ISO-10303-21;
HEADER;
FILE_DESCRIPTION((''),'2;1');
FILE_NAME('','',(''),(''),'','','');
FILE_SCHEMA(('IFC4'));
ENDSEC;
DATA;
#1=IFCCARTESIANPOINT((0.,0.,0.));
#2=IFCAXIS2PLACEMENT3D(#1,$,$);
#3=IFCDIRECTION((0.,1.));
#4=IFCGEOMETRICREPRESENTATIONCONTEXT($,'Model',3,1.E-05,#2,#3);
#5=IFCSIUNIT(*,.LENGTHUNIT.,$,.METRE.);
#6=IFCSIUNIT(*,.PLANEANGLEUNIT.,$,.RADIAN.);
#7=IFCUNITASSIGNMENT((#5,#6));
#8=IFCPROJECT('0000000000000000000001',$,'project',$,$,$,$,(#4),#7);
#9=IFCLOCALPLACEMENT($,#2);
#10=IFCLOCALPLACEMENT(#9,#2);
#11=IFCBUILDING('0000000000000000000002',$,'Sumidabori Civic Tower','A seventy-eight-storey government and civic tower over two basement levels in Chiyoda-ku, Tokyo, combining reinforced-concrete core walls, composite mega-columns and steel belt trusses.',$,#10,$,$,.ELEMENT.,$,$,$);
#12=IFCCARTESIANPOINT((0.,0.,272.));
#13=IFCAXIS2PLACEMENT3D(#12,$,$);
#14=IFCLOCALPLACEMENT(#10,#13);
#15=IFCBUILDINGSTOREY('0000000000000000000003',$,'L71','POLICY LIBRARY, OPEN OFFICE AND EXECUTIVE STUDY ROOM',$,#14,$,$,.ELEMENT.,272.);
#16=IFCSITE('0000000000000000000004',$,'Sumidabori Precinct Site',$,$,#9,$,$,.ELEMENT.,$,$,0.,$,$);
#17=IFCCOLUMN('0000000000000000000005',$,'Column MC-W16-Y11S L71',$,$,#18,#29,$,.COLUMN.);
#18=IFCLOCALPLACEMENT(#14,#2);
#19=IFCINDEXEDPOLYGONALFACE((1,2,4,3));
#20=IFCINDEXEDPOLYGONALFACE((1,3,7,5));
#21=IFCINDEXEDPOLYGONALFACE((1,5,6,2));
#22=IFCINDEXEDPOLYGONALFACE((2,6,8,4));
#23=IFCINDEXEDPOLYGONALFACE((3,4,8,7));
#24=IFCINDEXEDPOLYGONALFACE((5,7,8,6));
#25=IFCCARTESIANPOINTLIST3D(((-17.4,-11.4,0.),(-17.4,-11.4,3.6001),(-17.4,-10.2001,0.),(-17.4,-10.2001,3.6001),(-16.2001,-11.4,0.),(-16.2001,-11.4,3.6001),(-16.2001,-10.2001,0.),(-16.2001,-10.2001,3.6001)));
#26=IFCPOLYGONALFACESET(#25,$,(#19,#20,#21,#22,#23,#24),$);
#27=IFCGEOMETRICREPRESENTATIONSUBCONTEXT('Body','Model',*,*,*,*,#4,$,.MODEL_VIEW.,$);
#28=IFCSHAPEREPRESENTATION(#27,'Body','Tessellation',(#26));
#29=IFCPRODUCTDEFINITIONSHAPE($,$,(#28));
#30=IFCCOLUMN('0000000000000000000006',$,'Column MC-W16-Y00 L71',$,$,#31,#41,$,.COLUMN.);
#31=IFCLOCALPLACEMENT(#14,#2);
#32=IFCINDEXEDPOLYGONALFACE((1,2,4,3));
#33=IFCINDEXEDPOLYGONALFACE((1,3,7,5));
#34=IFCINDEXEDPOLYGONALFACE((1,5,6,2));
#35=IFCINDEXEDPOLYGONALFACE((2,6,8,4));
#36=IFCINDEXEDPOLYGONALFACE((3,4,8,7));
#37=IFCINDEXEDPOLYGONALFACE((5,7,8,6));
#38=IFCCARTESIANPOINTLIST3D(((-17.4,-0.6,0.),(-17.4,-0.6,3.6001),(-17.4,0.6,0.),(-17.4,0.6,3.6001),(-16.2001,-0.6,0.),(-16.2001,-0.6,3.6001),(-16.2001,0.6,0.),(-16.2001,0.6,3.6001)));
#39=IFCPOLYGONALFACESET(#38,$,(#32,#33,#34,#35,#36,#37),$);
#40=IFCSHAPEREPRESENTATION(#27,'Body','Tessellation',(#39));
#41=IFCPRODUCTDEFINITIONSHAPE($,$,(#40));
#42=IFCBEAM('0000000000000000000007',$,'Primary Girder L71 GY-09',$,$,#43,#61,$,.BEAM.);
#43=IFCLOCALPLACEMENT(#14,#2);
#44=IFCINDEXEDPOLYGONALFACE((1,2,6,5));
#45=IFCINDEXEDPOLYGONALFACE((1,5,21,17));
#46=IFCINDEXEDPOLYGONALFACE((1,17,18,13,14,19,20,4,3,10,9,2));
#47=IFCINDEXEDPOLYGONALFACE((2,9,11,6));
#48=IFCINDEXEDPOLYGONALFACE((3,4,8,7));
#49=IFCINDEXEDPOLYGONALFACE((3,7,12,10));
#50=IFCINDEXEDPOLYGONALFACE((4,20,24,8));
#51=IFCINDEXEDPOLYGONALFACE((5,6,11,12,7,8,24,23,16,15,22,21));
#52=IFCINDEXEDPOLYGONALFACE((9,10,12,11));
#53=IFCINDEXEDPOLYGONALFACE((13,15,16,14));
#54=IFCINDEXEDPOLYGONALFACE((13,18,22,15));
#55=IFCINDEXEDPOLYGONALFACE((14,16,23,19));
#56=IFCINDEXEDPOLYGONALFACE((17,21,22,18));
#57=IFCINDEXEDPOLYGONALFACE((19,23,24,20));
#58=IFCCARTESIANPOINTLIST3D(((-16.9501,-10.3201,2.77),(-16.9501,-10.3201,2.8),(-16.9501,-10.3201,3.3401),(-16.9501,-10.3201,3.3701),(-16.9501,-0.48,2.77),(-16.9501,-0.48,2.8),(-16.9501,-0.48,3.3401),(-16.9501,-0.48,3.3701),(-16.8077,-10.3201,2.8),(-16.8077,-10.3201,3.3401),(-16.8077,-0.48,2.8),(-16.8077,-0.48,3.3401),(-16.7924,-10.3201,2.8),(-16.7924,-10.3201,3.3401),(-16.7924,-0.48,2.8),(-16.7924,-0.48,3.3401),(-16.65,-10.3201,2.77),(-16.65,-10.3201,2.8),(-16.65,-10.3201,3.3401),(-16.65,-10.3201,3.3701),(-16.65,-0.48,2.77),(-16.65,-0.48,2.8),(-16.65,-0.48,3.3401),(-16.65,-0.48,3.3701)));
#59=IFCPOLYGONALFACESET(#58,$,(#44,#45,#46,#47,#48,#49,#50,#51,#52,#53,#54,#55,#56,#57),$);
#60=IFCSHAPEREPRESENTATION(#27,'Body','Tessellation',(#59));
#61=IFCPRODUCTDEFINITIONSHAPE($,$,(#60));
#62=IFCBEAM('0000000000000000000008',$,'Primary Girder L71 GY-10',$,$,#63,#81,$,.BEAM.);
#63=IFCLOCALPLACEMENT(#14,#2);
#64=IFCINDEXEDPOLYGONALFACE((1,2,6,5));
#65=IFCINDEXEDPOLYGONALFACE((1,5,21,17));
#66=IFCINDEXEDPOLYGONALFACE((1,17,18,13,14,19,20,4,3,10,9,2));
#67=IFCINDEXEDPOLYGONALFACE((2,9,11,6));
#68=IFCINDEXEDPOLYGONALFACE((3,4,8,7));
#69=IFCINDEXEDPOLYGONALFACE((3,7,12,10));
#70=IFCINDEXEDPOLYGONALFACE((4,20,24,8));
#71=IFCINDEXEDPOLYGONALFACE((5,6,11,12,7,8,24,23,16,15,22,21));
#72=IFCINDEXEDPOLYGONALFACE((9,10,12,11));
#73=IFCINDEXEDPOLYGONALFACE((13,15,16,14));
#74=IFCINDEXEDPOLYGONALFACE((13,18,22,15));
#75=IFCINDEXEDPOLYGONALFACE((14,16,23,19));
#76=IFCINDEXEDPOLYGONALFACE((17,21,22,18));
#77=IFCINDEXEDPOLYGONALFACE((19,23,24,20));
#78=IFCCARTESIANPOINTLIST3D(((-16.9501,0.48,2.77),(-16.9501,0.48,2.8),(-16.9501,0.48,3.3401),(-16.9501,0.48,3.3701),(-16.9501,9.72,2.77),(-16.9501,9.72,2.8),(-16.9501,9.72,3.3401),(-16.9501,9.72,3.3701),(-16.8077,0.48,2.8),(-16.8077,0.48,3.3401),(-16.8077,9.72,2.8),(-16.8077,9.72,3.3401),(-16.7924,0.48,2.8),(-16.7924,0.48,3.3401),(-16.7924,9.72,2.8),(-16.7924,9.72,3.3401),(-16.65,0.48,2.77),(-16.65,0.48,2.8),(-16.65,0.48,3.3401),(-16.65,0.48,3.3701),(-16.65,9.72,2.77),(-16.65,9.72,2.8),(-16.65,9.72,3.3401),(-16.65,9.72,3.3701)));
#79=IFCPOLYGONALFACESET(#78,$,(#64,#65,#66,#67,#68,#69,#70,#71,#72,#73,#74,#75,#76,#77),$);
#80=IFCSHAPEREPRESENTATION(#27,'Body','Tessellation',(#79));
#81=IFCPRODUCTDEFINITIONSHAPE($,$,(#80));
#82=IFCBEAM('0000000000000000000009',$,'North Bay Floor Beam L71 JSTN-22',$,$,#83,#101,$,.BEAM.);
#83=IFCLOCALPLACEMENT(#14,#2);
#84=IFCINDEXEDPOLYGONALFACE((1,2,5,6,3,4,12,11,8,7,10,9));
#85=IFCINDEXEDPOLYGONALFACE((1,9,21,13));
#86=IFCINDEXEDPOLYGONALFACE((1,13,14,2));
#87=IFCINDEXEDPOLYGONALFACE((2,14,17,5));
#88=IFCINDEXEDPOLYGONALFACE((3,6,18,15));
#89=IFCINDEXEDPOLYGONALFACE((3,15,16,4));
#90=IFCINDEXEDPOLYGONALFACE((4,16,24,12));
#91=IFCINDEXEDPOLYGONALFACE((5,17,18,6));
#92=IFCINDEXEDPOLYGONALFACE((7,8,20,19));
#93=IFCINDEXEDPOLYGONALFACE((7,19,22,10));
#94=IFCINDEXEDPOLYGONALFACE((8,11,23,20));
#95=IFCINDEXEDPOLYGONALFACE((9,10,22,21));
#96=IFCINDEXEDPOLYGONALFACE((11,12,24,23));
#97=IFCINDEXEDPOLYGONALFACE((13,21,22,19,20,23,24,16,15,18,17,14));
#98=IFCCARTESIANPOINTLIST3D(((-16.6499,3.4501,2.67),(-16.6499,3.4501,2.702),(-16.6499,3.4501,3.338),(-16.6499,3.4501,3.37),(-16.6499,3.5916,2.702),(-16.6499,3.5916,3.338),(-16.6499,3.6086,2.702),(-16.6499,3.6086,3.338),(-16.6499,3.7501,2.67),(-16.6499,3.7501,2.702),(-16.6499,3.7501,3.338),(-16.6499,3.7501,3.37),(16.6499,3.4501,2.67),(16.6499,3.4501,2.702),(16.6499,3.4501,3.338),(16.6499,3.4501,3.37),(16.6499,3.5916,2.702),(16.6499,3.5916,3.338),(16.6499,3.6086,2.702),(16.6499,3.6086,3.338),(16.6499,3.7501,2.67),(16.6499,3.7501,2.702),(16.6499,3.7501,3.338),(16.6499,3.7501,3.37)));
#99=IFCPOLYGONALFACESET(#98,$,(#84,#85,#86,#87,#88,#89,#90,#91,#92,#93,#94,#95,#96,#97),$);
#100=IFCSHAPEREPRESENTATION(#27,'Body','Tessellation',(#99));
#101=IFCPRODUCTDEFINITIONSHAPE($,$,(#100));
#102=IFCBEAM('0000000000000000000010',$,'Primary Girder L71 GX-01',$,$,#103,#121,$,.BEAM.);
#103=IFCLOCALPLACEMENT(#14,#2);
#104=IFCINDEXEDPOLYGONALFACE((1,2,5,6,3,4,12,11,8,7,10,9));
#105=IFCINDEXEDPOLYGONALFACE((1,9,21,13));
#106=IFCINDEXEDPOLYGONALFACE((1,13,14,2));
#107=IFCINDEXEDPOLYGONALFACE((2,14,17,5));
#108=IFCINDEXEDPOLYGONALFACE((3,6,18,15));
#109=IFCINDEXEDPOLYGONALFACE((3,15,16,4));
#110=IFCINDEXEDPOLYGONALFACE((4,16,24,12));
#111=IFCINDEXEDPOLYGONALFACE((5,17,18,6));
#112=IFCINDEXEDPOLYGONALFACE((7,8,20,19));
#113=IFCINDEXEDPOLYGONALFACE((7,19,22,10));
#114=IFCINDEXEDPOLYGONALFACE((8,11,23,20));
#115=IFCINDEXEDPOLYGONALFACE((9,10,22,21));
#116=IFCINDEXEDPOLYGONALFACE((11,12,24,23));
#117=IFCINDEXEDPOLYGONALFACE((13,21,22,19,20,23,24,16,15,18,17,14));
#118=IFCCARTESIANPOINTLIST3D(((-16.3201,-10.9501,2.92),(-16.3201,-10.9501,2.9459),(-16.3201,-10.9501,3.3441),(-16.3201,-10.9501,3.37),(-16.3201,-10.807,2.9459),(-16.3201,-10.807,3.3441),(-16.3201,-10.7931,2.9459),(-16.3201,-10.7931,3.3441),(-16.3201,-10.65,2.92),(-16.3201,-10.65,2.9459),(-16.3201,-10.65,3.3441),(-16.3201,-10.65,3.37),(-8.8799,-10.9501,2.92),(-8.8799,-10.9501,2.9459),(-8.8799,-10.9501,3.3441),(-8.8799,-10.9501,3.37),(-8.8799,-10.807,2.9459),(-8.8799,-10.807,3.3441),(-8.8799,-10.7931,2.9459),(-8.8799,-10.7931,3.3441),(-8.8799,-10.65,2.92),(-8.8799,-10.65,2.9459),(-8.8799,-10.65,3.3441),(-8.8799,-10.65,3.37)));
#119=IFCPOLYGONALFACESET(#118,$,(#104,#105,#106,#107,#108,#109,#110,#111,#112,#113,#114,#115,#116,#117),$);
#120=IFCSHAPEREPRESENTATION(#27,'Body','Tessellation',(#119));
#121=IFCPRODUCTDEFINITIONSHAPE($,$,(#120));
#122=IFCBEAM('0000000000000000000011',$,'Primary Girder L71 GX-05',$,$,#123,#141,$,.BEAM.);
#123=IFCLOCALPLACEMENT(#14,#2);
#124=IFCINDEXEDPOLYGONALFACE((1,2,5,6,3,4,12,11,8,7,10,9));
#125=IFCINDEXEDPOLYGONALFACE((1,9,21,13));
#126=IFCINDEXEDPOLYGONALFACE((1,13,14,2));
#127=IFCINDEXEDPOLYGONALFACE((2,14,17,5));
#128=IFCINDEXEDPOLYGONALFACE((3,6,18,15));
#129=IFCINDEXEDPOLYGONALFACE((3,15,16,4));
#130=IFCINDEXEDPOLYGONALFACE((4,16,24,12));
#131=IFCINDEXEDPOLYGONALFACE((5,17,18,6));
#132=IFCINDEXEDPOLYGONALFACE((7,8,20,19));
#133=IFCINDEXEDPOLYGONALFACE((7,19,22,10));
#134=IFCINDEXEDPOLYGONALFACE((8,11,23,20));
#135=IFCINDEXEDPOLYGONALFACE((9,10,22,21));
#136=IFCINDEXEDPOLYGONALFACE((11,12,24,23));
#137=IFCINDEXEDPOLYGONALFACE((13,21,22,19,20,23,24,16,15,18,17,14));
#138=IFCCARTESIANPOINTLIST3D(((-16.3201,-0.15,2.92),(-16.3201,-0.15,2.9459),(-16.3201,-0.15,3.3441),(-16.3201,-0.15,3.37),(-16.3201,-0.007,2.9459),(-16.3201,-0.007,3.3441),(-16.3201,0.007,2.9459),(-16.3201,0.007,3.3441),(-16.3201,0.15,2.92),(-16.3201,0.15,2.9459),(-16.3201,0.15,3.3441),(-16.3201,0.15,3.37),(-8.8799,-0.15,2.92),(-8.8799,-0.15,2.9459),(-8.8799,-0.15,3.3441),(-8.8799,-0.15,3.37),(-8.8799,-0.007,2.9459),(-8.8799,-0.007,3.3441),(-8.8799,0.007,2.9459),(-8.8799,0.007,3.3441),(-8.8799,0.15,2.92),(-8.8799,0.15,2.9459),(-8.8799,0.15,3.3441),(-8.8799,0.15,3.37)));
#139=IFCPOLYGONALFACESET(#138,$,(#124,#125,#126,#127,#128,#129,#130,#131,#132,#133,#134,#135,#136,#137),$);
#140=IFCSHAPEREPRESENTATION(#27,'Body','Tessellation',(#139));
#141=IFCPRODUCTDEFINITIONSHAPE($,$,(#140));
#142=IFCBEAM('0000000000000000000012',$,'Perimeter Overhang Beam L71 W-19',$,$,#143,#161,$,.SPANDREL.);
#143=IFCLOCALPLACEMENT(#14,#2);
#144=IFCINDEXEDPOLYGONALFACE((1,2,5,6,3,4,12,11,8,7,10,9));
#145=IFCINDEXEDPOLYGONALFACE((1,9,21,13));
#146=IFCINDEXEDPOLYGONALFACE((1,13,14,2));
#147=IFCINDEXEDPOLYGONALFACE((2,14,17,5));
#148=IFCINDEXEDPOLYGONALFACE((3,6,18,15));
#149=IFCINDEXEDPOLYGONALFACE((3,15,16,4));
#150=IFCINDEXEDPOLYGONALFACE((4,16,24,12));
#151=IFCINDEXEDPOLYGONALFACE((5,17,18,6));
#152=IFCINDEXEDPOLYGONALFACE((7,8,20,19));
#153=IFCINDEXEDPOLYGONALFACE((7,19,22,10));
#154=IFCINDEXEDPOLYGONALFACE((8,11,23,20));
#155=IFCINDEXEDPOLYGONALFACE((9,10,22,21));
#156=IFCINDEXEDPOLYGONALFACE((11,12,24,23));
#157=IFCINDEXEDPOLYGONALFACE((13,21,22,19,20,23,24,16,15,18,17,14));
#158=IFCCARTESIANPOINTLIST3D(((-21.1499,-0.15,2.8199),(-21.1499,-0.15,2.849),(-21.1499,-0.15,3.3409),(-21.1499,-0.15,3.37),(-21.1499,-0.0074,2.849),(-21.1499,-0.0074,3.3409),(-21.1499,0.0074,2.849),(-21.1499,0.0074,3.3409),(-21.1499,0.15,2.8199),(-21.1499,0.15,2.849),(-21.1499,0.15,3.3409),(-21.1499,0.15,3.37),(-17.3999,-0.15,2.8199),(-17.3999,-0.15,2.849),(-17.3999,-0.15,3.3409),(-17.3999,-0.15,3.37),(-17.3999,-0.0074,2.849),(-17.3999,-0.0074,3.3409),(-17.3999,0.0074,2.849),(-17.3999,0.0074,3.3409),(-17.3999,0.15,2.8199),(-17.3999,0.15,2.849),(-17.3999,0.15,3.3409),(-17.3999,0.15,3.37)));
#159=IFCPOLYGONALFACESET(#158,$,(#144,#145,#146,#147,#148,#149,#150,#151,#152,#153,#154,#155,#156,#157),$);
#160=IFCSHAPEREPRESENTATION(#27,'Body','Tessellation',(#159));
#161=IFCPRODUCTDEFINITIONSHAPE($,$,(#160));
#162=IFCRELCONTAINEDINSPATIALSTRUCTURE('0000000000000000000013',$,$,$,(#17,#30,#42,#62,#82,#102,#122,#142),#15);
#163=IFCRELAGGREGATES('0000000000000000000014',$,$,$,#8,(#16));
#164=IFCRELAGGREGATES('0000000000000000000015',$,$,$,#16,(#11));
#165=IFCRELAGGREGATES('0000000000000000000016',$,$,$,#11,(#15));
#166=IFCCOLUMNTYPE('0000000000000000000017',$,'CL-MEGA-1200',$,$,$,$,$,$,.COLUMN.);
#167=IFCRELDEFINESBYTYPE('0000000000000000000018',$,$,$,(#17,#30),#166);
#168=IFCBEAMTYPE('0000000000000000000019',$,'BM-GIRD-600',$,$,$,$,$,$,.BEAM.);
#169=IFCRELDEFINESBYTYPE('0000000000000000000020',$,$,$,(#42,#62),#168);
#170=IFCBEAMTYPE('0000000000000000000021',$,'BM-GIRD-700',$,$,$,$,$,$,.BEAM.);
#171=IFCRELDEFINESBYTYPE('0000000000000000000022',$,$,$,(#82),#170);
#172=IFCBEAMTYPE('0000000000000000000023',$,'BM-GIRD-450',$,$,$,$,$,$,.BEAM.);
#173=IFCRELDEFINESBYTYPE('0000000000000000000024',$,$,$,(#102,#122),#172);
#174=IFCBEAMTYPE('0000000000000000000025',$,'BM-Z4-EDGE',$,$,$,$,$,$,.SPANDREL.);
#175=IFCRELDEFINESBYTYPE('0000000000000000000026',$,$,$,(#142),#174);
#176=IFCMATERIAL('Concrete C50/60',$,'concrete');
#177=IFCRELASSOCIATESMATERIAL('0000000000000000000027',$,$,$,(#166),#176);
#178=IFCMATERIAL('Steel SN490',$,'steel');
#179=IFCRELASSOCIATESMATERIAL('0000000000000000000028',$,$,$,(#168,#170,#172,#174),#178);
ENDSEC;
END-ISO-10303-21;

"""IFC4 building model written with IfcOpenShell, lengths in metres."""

from ifc_helpers import new_model, si_unit, direction, frame, origin, origin_2d, place, context, subcontext, project, spatial, rectangle, i_section, extrude, source, transform, mapped, material, material_profile, profile_set, type_object, element, save


model = new_model("IFC4")

# Units and contexts
model_context = context("Model", 3, precision=1e-05, world=origin(), true_north=direction((0.0, 1.0)))
body_context = subcontext(model_context, "Body", "Model", "MODEL_VIEW")
ifc_project = project(units=[si_unit("LENGTHUNIT", "METRE"), si_unit("PLANEANGLEUNIT", "RADIAN")], contexts=[model_context])

# Site, building, storey
site_placement = place(None, origin())
site = spatial("IfcSite", under=ifc_project, at=site_placement, Name="Sumidabori Precinct Site", CompositionType="ELEMENT", RefElevation=0.0)
building_placement = place(site_placement, origin())
building = spatial("IfcBuilding", under=site, at=building_placement, Name="Sumidabori Civic Tower", Description="A seventy-eight-storey government and civic tower over two basement levels in Chiyoda-ku, Tokyo, combining reinforced-concrete core walls, composite mega-columns and steel belt trusses.", CompositionType="ELEMENT")
storey_placement = place(building_placement, frame((0.0, 0.0, 272.0)))
storey = spatial("IfcBuildingStorey", under=building, at=storey_placement, Name="L71", Description="POLICY LIBRARY, OPEN OFFICE AND EXECUTIVE STUDY ROOM", CompositionType="ELEMENT", Elevation=272.0)

# Columns
ifc_material_1 = material(Name="Concrete C50/60", Category="concrete")
ifc_material_profile_1 = material_profile(ifc_material_1, rectangle(XDim=1.2, YDim=1.2, at=origin_2d()), Name="RC 1200x1200")
ifc_profile_set_1 = profile_set([ifc_material_profile_1], Name="Concrete C50/60")
column_type = type_object("IfcColumnType", Name="CL-MEGA-1200", PredefinedType="COLUMN", material=ifc_profile_set_1)
shared_shape_1 = source(origin(), body_context, "Body", "SweptSolid", [
    extrude(rectangle(XDim=1.2, YDim=1.2, at=origin_2d()), origin(), (0.0, 0.0, 1.0), 3.6001),
])
for number, where, z_axis, x_axis, name in (
    (1, (-16.8, -10.8, 0.0), (0.0, 0.0, 1.0), (1.0, 0.0, 0.0), "Column MC-W16-Y11S L71"),
    (2, (-16.8, 0.0, 0.0), (0.0, 0.0, 1.0), (1.0, 0.0, 0.0), "Column MC-W16-Y00 L71"),
):
    element("IfcColumn", number, at=place(storey_placement, frame(where, z_axis=z_axis, x_axis=x_axis)), inside=storey, type_object=column_type, Name=name, PredefinedType="COLUMN", context=body_context, shape_type="MappedRepresentation", body=[
        mapped(shared_shape_1, transform((0.0, 0.0, 0.0), x_axis=(1.0, 0.0, 0.0), y_axis=(0.0, 1.0, 0.0), z_axis=(0.0, 0.0, 1.0), scale=1.0)),
    ])

# Beams
ifc_material_2 = material(Name="Steel SN490", Category="steel")
ifc_material_profile_2 = material_profile(ifc_material_2, i_section(OverallWidth=0.3, OverallDepth=0.6001, WebThickness=0.0154, FlangeThickness=0.03, at=origin_2d()), Name="HE 600 B")
ifc_profile_set_2 = profile_set([ifc_material_profile_2], Name="Steel SN490")
beam_type_1 = type_object("IfcBeamType", Name="BM-GIRD-600", PredefinedType="BEAM", material=ifc_profile_set_2)
shared_shape_2 = source(origin(), body_context, "Body", "SweptSolid", [
    extrude(i_section(OverallWidth=0.3, OverallDepth=0.6001, WebThickness=0.0154, FlangeThickness=0.03, at=origin_2d()), origin(), (0.0, 0.0, 1.0), 9.8401),
])
beam_1_placement = place(storey_placement, frame((-16.8, -10.3201, 3.0701), z_axis=(0.0, 1.0, 0.0), x_axis=(-1.0, 0.0, 0.0)))
element("IfcBeam", 3, at=beam_1_placement, inside=storey, type_object=beam_type_1, Name="Primary Girder L71 GY-09", PredefinedType="BEAM", context=body_context, shape_type="MappedRepresentation", body=[
    mapped(shared_shape_2, transform((0.0, 0.0, 0.0), x_axis=(1.0, 0.0, 0.0), y_axis=(0.0, 1.0, 0.0), z_axis=(0.0, 0.0, 1.0), scale=1.0)),
])
shared_shape_3 = source(origin(), body_context, "Body", "SweptSolid", [
    extrude(i_section(OverallWidth=0.3, OverallDepth=0.6001, WebThickness=0.0154, FlangeThickness=0.03, at=origin_2d()), origin(), (0.0, 0.0, 1.0), 9.24),
])
beam_2_placement = place(storey_placement, frame((-16.8, 0.48, 3.0701), z_axis=(0.0, 1.0, 0.0), x_axis=(-1.0, 0.0, 0.0)))
element("IfcBeam", 4, at=beam_2_placement, inside=storey, type_object=beam_type_1, Name="Primary Girder L71 GY-10", PredefinedType="BEAM", context=body_context, shape_type="MappedRepresentation", body=[
    mapped(shared_shape_3, transform((0.0, 0.0, 0.0), x_axis=(1.0, 0.0, 0.0), y_axis=(0.0, 1.0, 0.0), z_axis=(0.0, 0.0, 1.0), scale=1.0)),
])
ifc_material_profile_3 = material_profile(ifc_material_2, i_section(OverallWidth=0.3, OverallDepth=0.7, WebThickness=0.0171, FlangeThickness=0.032, at=origin_2d()), Name="HE 700 B")
ifc_profile_set_3 = profile_set([ifc_material_profile_3], Name="Steel SN490")
beam_type_2 = type_object("IfcBeamType", Name="BM-GIRD-700", PredefinedType="BEAM", material=ifc_profile_set_3)
shared_shape_4 = source(origin(), body_context, "Body", "SweptSolid", [
    extrude(i_section(OverallWidth=0.3, OverallDepth=0.7, WebThickness=0.0171, FlangeThickness=0.032, at=origin_2d()), origin(), (0.0, 0.0, 1.0), 33.2998),
])
beam_3_placement = place(storey_placement, frame((-16.6499, 3.6001, 3.02), z_axis=(1.0, 0.0, 0.0), x_axis=(0.0, 1.0, 0.0)))
element("IfcBeam", 5, at=beam_3_placement, inside=storey, type_object=beam_type_2, Name="North Bay Floor Beam L71 JSTN-22", PredefinedType="BEAM", context=body_context, shape_type="MappedRepresentation", body=[
    mapped(shared_shape_4, transform((0.0, 0.0, 0.0), x_axis=(1.0, 0.0, 0.0), y_axis=(0.0, 1.0, 0.0), z_axis=(0.0, 0.0, 1.0), scale=1.0)),
])
ifc_material_profile_4 = material_profile(ifc_material_2, i_section(OverallWidth=0.3, OverallDepth=0.45, WebThickness=0.0139, FlangeThickness=0.0259, at=origin_2d()), Name="HE 450 B")
ifc_profile_set_4 = profile_set([ifc_material_profile_4], Name="Steel SN490")
beam_type_3 = type_object("IfcBeamType", Name="BM-GIRD-450", PredefinedType="BEAM", material=ifc_profile_set_4)
shared_shape_5 = source(origin(), body_context, "Body", "SweptSolid", [
    extrude(i_section(OverallWidth=0.3, OverallDepth=0.45, WebThickness=0.0139, FlangeThickness=0.0259, at=origin_2d()), origin(), (0.0, 0.0, 1.0), 7.4402),
])
for number, where, z_axis, x_axis, name in (
    (6, (-16.3201, -10.8, 3.145), (1.0, 0.0, 0.0), (0.0, 1.0, 0.0), "Primary Girder L71 GX-01"),
    (7, (-16.3201, 0.0, 3.145), (1.0, 0.0, 0.0), (0.0, 1.0, 0.0), "Primary Girder L71 GX-05"),
):
    element("IfcBeam", number, at=place(storey_placement, frame(where, z_axis=z_axis, x_axis=x_axis)), inside=storey, type_object=beam_type_3, Name=name, PredefinedType="BEAM", context=body_context, shape_type="MappedRepresentation", body=[
        mapped(shared_shape_5, transform((0.0, 0.0, 0.0), x_axis=(1.0, 0.0, 0.0), y_axis=(0.0, 1.0, 0.0), z_axis=(0.0, 0.0, 1.0), scale=1.0)),
    ])
ifc_material_profile_5 = material_profile(ifc_material_2, i_section(OverallWidth=0.3, OverallDepth=0.55, WebThickness=0.0149, FlangeThickness=0.0291, at=origin_2d()), Name="HE 550 B")
ifc_profile_set_5 = profile_set([ifc_material_profile_5], Name="Steel SN490")
beam_type_4 = type_object("IfcBeamType", Name="BM-Z4-EDGE", PredefinedType="SPANDREL", material=ifc_profile_set_5)
shared_shape_6 = source(origin(), body_context, "Body", "SweptSolid", [
    extrude(i_section(OverallWidth=0.3, OverallDepth=0.55, WebThickness=0.0149, FlangeThickness=0.0291, at=origin_2d()), origin(), (0.0, 0.0, 1.0), 3.75),
])
beam_4_placement = place(storey_placement, frame((-21.1499, 0.0, 3.095), z_axis=(1.0, 0.0, 0.0), x_axis=(0.0, 1.0, 0.0)))
element("IfcBeam", 8, at=beam_4_placement, inside=storey, type_object=beam_type_4, Name="Perimeter Overhang Beam L71 W-19", PredefinedType="SPANDREL", context=body_context, shape_type="MappedRepresentation", body=[
    mapped(shared_shape_6, transform((0.0, 0.0, 0.0), x_axis=(1.0, 0.0, 0.0), y_axis=(0.0, 1.0, 0.0), z_axis=(0.0, 0.0, 1.0), scale=1.0)),
])

save(model, "model.ifc")
